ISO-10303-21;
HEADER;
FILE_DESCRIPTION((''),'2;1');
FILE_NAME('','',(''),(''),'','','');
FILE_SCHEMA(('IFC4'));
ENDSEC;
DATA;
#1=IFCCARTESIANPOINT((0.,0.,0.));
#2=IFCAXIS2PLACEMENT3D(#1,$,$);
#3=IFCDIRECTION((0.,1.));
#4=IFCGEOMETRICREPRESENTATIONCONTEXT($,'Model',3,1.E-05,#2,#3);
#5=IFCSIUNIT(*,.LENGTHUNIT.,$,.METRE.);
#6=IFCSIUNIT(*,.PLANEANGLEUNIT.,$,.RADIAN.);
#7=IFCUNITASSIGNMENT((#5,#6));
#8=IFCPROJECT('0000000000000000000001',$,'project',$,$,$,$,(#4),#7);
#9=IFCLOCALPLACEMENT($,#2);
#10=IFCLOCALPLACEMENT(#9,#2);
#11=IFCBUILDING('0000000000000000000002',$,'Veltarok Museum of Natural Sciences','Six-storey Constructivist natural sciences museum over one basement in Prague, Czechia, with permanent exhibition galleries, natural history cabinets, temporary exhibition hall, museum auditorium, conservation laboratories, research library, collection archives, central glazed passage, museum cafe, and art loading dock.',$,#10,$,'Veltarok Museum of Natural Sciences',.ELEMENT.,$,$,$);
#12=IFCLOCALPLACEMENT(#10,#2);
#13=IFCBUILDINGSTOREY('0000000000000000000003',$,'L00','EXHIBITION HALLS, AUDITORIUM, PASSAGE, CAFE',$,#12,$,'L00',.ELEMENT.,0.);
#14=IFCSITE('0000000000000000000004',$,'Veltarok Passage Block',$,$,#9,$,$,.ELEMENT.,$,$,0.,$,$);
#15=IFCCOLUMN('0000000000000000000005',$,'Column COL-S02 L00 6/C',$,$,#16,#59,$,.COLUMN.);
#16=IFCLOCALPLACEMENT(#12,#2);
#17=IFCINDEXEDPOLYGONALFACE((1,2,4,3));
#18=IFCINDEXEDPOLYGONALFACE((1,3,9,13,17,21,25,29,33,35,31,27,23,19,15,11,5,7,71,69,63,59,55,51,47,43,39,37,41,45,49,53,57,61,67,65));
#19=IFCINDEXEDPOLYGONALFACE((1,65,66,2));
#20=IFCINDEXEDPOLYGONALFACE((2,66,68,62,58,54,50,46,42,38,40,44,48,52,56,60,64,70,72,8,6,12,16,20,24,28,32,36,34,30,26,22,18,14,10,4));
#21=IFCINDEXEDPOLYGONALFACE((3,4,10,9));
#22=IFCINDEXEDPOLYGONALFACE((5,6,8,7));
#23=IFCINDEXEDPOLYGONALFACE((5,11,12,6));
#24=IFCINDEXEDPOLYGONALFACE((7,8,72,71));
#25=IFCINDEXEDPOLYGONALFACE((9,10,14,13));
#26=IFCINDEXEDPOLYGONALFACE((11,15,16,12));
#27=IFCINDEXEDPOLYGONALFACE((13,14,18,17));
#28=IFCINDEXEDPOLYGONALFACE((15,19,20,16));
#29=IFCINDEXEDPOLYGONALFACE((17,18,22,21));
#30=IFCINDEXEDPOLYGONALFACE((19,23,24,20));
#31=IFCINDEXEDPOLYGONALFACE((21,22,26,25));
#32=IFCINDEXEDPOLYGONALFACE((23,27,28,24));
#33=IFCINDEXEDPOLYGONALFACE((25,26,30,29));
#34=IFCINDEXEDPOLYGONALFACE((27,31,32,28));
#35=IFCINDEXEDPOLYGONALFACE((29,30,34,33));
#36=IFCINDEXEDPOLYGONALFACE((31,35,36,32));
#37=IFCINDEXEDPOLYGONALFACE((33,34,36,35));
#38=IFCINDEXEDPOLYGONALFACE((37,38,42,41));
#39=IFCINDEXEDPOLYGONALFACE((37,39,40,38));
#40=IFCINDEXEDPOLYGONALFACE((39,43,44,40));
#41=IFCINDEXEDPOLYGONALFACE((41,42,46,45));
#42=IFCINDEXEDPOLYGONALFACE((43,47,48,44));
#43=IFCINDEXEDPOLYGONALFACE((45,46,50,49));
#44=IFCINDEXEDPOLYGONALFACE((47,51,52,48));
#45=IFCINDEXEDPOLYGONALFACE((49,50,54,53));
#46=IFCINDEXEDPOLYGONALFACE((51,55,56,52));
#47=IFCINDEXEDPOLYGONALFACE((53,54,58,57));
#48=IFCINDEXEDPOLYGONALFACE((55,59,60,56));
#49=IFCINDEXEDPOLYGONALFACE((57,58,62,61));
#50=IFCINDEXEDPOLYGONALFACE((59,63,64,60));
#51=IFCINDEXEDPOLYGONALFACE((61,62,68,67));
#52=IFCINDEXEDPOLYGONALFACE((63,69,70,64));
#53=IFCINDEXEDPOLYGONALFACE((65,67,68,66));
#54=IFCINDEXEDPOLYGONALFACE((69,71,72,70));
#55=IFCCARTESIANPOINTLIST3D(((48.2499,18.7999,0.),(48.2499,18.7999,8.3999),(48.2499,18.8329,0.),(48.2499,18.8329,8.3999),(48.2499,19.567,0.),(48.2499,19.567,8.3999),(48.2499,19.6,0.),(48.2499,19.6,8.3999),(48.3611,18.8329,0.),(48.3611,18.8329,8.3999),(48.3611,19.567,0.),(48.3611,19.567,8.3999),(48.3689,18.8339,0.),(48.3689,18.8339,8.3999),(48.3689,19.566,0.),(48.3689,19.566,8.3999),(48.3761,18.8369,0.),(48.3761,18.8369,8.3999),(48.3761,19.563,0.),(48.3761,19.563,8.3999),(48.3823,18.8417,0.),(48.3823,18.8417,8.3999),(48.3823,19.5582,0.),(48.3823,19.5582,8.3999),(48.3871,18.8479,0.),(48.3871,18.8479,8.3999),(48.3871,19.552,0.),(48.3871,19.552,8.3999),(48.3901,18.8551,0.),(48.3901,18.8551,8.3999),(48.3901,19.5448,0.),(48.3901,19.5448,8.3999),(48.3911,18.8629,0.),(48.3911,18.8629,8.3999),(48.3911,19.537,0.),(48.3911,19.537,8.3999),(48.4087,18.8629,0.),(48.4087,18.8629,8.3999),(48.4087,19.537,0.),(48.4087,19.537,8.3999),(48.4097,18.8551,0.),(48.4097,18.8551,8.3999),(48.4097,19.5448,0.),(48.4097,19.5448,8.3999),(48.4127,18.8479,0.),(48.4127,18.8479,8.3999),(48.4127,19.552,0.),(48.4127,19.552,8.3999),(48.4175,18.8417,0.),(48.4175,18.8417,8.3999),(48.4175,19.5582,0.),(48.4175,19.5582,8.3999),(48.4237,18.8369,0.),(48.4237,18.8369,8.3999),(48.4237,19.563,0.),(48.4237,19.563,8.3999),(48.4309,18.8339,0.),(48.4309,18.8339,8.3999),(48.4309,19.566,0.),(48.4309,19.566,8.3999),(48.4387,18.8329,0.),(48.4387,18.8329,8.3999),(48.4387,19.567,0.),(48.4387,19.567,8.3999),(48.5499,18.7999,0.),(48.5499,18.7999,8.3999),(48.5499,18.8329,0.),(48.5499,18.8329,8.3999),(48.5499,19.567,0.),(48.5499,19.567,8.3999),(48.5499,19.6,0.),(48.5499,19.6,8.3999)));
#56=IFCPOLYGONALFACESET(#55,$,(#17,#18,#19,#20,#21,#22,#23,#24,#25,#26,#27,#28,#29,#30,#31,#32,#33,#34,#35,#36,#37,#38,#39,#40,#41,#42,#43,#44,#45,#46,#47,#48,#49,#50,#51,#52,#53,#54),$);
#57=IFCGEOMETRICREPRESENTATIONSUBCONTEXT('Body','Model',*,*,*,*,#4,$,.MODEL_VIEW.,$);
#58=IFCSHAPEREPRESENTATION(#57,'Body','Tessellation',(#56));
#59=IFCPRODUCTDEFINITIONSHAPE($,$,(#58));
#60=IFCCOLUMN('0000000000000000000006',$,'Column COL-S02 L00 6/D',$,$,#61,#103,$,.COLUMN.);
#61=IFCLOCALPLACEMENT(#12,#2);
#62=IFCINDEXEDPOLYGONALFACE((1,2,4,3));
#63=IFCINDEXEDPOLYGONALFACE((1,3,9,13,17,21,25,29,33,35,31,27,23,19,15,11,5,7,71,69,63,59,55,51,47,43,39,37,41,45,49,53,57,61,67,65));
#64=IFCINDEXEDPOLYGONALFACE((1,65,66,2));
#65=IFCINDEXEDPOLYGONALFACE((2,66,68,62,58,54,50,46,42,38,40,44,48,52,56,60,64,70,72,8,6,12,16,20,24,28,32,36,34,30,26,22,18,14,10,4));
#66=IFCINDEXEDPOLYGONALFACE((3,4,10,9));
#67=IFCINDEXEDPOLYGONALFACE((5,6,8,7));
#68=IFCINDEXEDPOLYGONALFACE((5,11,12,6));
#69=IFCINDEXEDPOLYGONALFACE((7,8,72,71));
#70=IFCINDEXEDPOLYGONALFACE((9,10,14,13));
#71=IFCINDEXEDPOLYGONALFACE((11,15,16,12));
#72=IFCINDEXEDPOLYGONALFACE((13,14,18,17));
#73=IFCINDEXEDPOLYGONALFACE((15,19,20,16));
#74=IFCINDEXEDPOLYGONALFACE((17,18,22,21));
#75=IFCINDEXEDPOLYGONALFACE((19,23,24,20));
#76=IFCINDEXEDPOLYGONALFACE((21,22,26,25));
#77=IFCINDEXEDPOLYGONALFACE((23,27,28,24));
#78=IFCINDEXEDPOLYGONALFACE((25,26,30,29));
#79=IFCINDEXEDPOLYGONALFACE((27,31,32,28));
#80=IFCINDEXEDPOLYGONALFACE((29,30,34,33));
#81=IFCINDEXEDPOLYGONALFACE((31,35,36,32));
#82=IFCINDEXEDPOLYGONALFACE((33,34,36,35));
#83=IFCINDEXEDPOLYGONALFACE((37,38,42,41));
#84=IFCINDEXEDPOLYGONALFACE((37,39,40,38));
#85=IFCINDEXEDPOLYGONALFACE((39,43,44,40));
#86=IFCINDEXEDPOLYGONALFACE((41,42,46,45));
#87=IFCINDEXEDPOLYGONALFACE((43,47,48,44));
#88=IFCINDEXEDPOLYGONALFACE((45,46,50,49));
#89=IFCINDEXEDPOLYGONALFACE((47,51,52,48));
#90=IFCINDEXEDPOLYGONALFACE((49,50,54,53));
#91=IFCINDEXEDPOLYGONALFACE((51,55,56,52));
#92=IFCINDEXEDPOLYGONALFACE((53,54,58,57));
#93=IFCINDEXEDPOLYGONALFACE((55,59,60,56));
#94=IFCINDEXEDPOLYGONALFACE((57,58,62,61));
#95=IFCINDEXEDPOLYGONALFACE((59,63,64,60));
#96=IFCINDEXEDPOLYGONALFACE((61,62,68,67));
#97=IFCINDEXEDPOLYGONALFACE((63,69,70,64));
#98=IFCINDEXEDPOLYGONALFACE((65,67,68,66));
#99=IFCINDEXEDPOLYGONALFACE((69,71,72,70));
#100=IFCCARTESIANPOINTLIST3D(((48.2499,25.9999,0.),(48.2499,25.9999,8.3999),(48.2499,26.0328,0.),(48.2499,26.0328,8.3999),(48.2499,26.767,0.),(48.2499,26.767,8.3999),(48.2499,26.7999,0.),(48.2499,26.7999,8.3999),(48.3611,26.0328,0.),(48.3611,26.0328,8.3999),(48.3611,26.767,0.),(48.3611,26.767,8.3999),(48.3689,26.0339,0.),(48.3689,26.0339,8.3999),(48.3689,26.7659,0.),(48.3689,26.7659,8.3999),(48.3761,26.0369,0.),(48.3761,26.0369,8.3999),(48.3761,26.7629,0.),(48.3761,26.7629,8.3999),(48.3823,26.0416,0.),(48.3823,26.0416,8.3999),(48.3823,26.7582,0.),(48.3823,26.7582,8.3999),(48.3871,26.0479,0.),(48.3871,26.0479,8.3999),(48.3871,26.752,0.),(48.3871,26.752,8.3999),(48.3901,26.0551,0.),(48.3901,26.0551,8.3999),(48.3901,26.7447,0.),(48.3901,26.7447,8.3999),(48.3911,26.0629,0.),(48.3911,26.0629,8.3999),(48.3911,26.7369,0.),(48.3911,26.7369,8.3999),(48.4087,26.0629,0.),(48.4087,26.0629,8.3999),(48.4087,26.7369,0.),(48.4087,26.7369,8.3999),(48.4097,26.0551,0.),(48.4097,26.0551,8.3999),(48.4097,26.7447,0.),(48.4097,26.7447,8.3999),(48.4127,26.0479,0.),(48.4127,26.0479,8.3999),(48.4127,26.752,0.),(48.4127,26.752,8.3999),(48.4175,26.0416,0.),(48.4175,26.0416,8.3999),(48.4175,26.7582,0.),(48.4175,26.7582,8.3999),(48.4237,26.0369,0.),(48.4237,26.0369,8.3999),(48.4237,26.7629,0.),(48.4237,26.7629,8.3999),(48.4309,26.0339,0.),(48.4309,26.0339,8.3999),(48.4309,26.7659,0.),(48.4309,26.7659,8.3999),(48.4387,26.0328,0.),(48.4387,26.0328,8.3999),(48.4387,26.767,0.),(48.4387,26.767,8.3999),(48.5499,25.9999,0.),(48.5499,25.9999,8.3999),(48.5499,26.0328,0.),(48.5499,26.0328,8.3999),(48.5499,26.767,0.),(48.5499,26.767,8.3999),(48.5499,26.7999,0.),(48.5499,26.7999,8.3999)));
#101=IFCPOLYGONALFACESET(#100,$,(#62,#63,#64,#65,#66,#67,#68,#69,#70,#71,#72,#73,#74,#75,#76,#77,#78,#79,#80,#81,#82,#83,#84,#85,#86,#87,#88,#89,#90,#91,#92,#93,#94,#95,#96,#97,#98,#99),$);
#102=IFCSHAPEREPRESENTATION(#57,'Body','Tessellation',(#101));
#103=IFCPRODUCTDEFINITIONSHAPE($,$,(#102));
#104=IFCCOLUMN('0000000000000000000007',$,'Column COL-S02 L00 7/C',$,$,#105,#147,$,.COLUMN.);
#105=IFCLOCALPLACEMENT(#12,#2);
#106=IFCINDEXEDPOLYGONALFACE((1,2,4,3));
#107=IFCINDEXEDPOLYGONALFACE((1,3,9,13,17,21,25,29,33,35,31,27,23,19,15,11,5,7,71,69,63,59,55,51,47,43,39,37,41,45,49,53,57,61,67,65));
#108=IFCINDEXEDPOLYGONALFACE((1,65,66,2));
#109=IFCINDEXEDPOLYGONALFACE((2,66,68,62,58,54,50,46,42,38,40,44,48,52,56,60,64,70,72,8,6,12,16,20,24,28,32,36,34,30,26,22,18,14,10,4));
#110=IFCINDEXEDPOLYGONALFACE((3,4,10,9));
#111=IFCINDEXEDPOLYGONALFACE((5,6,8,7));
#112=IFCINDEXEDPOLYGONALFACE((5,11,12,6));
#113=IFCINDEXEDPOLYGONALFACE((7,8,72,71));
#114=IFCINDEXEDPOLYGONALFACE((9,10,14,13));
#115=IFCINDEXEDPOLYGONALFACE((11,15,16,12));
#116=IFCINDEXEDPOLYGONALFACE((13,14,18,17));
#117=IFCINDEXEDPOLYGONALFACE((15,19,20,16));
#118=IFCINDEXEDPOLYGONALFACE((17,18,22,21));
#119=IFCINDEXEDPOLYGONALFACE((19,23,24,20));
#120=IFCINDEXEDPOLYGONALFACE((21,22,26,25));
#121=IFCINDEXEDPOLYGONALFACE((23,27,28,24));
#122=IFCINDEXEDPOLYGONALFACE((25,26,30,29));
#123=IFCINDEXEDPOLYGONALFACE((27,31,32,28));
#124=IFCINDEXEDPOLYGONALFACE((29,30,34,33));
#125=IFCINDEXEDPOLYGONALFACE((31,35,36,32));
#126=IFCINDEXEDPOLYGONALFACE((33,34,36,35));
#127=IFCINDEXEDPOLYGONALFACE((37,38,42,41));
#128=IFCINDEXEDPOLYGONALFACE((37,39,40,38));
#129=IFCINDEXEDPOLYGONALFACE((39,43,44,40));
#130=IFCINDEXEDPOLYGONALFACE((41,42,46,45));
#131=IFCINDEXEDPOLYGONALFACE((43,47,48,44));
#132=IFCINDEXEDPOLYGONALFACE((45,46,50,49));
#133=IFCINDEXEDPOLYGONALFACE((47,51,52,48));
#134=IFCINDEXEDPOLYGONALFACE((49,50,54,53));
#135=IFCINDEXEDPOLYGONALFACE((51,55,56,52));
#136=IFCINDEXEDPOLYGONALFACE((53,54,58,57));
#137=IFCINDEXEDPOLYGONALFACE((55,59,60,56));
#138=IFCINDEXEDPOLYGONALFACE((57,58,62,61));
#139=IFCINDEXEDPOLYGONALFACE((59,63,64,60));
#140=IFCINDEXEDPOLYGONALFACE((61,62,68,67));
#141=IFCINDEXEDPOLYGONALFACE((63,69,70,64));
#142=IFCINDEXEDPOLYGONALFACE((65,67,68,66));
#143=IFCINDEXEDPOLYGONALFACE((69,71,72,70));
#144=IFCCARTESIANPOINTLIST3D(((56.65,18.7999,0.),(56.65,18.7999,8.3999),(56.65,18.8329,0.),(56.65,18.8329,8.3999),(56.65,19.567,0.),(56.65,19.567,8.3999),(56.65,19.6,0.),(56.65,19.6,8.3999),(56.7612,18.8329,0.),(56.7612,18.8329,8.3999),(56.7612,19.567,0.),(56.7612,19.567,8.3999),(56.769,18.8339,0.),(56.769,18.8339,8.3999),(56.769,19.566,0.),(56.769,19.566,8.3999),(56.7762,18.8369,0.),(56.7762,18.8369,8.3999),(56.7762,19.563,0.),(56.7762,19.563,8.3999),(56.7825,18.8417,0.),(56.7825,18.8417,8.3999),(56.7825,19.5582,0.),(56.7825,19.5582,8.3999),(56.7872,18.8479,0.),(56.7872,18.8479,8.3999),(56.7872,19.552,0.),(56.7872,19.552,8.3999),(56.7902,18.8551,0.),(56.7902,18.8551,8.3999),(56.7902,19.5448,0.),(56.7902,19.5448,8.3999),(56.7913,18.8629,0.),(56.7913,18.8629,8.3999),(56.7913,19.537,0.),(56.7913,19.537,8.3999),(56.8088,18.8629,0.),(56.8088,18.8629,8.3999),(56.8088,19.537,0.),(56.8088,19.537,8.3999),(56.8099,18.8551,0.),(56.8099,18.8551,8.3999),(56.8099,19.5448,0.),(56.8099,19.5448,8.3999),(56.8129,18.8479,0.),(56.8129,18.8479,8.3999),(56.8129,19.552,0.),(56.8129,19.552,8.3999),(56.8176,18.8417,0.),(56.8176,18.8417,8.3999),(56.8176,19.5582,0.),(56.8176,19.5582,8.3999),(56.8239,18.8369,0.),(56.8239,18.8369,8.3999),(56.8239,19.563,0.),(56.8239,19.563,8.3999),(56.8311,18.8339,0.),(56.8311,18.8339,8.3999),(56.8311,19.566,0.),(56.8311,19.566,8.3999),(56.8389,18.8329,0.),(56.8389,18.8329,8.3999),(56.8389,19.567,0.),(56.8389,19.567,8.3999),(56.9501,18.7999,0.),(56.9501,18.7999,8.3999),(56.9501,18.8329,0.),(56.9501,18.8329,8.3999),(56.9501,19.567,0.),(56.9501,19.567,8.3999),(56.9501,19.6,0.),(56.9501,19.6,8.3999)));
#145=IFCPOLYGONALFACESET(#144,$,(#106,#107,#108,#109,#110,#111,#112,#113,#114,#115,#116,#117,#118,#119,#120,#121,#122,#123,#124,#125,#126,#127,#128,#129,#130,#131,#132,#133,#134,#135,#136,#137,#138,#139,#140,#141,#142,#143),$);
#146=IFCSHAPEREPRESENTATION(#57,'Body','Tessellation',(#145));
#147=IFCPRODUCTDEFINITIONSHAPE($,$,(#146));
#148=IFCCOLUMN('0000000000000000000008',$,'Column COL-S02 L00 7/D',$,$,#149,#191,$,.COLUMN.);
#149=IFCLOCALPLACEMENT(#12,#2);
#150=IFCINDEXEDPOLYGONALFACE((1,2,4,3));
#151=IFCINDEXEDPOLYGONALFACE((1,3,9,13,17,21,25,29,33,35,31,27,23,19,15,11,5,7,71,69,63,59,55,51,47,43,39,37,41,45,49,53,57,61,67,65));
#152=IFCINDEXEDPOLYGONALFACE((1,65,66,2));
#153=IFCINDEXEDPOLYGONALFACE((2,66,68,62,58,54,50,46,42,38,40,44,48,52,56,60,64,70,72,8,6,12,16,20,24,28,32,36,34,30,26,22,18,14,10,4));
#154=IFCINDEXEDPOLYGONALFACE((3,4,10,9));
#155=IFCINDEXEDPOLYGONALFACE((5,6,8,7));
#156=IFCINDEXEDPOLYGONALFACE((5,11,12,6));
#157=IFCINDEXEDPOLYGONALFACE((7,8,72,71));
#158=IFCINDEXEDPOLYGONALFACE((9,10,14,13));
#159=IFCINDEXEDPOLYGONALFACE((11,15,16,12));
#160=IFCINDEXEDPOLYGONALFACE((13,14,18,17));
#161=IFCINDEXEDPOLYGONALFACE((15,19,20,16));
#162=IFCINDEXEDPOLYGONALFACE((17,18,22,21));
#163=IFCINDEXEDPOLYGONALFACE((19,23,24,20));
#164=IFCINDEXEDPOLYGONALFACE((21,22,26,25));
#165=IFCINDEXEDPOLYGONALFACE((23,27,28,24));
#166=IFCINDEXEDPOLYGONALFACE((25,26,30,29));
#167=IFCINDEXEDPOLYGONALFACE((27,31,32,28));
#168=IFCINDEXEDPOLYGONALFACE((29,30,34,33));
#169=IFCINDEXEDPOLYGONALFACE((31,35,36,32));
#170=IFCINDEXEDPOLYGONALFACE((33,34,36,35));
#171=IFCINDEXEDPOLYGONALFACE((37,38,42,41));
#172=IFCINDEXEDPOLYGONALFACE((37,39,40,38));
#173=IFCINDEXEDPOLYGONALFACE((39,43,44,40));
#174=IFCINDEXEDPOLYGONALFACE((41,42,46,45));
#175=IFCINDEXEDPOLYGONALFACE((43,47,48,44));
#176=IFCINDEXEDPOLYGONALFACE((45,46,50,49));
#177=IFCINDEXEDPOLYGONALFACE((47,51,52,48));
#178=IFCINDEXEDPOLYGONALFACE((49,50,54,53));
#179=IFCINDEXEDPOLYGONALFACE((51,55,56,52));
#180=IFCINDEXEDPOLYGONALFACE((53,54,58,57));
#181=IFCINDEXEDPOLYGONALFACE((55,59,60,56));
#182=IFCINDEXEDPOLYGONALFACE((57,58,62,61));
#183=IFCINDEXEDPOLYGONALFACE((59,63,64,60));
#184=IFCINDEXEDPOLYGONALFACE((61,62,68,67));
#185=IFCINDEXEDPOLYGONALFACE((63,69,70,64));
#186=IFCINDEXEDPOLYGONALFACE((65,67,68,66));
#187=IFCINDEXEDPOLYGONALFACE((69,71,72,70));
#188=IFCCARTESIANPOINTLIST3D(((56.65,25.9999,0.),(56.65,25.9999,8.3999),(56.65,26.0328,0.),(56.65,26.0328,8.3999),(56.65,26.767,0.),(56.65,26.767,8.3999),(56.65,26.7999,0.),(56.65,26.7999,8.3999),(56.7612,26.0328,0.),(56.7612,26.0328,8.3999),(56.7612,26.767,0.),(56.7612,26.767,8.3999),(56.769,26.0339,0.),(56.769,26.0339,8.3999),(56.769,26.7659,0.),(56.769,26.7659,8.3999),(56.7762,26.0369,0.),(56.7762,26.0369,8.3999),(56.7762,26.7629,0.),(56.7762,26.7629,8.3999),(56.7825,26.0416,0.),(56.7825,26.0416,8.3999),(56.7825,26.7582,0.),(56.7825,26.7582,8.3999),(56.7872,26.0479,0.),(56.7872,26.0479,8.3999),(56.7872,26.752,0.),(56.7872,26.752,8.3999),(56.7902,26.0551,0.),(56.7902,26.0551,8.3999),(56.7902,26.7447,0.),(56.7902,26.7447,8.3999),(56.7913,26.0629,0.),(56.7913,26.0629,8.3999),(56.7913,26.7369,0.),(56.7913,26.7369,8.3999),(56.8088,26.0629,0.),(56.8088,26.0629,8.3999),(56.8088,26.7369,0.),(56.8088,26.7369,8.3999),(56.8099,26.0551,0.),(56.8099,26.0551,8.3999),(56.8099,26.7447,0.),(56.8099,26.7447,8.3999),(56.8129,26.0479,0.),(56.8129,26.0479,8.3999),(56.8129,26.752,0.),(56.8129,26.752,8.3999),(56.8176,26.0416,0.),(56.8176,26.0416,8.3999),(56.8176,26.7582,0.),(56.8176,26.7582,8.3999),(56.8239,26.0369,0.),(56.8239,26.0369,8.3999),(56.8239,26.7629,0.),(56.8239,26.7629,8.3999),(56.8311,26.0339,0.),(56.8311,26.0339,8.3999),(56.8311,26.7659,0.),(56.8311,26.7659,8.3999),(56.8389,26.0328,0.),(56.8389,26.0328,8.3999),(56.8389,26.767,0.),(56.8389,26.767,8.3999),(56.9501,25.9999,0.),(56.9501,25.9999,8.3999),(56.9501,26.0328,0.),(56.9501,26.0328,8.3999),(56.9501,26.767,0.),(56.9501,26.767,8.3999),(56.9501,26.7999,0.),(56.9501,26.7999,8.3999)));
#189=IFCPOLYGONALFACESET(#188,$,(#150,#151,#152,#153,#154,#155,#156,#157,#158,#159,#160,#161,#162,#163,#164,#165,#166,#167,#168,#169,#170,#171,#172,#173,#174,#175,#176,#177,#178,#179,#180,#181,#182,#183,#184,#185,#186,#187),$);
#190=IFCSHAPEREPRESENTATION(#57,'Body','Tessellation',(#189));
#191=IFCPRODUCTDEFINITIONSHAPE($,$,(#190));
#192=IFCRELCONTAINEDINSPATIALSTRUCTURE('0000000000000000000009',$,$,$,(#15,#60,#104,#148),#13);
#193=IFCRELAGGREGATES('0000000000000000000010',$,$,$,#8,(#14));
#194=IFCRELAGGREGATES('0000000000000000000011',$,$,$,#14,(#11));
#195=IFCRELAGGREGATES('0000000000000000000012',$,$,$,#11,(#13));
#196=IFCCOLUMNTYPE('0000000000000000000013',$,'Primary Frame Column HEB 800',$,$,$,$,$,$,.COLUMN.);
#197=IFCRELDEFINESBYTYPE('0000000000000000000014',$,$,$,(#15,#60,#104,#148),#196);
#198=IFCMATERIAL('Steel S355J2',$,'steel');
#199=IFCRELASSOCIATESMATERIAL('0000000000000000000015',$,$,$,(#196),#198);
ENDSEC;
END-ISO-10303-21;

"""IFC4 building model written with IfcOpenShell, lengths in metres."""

from ifc_helpers import new_model, si_unit, direction, frame, origin, origin_2d, place, context, subcontext, project, spatial, i_section, extrude, material, material_profile, profile_set, type_object, element, save


model = new_model("IFC4")

# Units and contexts
model_context = context("Model", 3, precision=1e-05, world=origin(), true_north=direction((0.0, 1.0)))
body_context = subcontext(model_context, "Body", "Model", "MODEL_VIEW")
ifc_project = project(units=[si_unit("LENGTHUNIT", "METRE"), si_unit("PLANEANGLEUNIT", "RADIAN")], contexts=[model_context])

# Site, building, storey
site_placement = place(None, origin())
site = spatial("IfcSite", under=ifc_project, at=site_placement, Name="Veltarok Passage Block", CompositionType="ELEMENT", RefElevation=0.0)
building_placement = place(site_placement, origin())
building = spatial("IfcBuilding", under=site, at=building_placement, Name="Veltarok Museum of Natural Sciences", Description="Six-storey Constructivist natural sciences museum over one basement in Prague, Czechia, with permanent exhibition galleries, natural history cabinets, temporary exhibition hall, museum auditorium, conservation laboratories, research library, collection archives, central glazed passage, museum cafe, and art loading dock.", LongName="Veltarok Museum of Natural Sciences", CompositionType="ELEMENT")
storey_placement = place(building_placement, origin())
storey = spatial("IfcBuildingStorey", under=building, at=storey_placement, Name="L00", Description="EXHIBITION HALLS, AUDITORIUM, PASSAGE, CAFE", LongName="L00", CompositionType="ELEMENT", Elevation=0.0)

# Columns
ifc_material_1 = material(Name="Steel S355J2", Category="steel")
ifc_material_profile_1 = material_profile(ifc_material_1, i_section(OverallWidth=0.3, OverallDepth=0.8, WebThickness=0.0176, FlangeThickness=0.033, FilletRadius=0.03, at=origin_2d()), Name="HEB 800")
ifc_profile_set_1 = profile_set([ifc_material_profile_1], Name="Steel S355J2")
column_type = type_object("IfcColumnType", Name="Primary Frame Column HEB 800", PredefinedType="COLUMN", material=ifc_profile_set_1)
for number, where, z_axis, x_axis, name in (
    (1, (48.3999, 19.2, 0.0), (0.0, 0.0, 1.0), (1.0, 0.0, 0.0), "Column COL-S02 L00 6/C"),
    (2, (48.3999, 26.3999, 0.0), (0.0, 0.0, 1.0), (1.0, 0.0, 0.0), "Column COL-S02 L00 6/D"),
    (3, (56.8, 19.2, 0.0), (0.0, 0.0, 1.0), (1.0, 0.0, 0.0), "Column COL-S02 L00 7/C"),
    (4, (56.8, 26.3999, 0.0), (0.0, 0.0, 1.0), (1.0, 0.0, 0.0), "Column COL-S02 L00 7/D"),
):
    element("IfcColumn", number, at=place(storey_placement, frame(where, z_axis=z_axis, x_axis=x_axis)), inside=storey, type_object=column_type, Name=name, PredefinedType="COLUMN", context=body_context, shape_type="SweptSolid", body=[
        extrude(i_section(OverallWidth=0.3, OverallDepth=0.8, WebThickness=0.0176, FlangeThickness=0.033, FilletRadius=0.03, at=origin_2d()), origin(), (0.0, 0.0, 1.0), 8.3999),
    ])

save(model, "model.ifc")
